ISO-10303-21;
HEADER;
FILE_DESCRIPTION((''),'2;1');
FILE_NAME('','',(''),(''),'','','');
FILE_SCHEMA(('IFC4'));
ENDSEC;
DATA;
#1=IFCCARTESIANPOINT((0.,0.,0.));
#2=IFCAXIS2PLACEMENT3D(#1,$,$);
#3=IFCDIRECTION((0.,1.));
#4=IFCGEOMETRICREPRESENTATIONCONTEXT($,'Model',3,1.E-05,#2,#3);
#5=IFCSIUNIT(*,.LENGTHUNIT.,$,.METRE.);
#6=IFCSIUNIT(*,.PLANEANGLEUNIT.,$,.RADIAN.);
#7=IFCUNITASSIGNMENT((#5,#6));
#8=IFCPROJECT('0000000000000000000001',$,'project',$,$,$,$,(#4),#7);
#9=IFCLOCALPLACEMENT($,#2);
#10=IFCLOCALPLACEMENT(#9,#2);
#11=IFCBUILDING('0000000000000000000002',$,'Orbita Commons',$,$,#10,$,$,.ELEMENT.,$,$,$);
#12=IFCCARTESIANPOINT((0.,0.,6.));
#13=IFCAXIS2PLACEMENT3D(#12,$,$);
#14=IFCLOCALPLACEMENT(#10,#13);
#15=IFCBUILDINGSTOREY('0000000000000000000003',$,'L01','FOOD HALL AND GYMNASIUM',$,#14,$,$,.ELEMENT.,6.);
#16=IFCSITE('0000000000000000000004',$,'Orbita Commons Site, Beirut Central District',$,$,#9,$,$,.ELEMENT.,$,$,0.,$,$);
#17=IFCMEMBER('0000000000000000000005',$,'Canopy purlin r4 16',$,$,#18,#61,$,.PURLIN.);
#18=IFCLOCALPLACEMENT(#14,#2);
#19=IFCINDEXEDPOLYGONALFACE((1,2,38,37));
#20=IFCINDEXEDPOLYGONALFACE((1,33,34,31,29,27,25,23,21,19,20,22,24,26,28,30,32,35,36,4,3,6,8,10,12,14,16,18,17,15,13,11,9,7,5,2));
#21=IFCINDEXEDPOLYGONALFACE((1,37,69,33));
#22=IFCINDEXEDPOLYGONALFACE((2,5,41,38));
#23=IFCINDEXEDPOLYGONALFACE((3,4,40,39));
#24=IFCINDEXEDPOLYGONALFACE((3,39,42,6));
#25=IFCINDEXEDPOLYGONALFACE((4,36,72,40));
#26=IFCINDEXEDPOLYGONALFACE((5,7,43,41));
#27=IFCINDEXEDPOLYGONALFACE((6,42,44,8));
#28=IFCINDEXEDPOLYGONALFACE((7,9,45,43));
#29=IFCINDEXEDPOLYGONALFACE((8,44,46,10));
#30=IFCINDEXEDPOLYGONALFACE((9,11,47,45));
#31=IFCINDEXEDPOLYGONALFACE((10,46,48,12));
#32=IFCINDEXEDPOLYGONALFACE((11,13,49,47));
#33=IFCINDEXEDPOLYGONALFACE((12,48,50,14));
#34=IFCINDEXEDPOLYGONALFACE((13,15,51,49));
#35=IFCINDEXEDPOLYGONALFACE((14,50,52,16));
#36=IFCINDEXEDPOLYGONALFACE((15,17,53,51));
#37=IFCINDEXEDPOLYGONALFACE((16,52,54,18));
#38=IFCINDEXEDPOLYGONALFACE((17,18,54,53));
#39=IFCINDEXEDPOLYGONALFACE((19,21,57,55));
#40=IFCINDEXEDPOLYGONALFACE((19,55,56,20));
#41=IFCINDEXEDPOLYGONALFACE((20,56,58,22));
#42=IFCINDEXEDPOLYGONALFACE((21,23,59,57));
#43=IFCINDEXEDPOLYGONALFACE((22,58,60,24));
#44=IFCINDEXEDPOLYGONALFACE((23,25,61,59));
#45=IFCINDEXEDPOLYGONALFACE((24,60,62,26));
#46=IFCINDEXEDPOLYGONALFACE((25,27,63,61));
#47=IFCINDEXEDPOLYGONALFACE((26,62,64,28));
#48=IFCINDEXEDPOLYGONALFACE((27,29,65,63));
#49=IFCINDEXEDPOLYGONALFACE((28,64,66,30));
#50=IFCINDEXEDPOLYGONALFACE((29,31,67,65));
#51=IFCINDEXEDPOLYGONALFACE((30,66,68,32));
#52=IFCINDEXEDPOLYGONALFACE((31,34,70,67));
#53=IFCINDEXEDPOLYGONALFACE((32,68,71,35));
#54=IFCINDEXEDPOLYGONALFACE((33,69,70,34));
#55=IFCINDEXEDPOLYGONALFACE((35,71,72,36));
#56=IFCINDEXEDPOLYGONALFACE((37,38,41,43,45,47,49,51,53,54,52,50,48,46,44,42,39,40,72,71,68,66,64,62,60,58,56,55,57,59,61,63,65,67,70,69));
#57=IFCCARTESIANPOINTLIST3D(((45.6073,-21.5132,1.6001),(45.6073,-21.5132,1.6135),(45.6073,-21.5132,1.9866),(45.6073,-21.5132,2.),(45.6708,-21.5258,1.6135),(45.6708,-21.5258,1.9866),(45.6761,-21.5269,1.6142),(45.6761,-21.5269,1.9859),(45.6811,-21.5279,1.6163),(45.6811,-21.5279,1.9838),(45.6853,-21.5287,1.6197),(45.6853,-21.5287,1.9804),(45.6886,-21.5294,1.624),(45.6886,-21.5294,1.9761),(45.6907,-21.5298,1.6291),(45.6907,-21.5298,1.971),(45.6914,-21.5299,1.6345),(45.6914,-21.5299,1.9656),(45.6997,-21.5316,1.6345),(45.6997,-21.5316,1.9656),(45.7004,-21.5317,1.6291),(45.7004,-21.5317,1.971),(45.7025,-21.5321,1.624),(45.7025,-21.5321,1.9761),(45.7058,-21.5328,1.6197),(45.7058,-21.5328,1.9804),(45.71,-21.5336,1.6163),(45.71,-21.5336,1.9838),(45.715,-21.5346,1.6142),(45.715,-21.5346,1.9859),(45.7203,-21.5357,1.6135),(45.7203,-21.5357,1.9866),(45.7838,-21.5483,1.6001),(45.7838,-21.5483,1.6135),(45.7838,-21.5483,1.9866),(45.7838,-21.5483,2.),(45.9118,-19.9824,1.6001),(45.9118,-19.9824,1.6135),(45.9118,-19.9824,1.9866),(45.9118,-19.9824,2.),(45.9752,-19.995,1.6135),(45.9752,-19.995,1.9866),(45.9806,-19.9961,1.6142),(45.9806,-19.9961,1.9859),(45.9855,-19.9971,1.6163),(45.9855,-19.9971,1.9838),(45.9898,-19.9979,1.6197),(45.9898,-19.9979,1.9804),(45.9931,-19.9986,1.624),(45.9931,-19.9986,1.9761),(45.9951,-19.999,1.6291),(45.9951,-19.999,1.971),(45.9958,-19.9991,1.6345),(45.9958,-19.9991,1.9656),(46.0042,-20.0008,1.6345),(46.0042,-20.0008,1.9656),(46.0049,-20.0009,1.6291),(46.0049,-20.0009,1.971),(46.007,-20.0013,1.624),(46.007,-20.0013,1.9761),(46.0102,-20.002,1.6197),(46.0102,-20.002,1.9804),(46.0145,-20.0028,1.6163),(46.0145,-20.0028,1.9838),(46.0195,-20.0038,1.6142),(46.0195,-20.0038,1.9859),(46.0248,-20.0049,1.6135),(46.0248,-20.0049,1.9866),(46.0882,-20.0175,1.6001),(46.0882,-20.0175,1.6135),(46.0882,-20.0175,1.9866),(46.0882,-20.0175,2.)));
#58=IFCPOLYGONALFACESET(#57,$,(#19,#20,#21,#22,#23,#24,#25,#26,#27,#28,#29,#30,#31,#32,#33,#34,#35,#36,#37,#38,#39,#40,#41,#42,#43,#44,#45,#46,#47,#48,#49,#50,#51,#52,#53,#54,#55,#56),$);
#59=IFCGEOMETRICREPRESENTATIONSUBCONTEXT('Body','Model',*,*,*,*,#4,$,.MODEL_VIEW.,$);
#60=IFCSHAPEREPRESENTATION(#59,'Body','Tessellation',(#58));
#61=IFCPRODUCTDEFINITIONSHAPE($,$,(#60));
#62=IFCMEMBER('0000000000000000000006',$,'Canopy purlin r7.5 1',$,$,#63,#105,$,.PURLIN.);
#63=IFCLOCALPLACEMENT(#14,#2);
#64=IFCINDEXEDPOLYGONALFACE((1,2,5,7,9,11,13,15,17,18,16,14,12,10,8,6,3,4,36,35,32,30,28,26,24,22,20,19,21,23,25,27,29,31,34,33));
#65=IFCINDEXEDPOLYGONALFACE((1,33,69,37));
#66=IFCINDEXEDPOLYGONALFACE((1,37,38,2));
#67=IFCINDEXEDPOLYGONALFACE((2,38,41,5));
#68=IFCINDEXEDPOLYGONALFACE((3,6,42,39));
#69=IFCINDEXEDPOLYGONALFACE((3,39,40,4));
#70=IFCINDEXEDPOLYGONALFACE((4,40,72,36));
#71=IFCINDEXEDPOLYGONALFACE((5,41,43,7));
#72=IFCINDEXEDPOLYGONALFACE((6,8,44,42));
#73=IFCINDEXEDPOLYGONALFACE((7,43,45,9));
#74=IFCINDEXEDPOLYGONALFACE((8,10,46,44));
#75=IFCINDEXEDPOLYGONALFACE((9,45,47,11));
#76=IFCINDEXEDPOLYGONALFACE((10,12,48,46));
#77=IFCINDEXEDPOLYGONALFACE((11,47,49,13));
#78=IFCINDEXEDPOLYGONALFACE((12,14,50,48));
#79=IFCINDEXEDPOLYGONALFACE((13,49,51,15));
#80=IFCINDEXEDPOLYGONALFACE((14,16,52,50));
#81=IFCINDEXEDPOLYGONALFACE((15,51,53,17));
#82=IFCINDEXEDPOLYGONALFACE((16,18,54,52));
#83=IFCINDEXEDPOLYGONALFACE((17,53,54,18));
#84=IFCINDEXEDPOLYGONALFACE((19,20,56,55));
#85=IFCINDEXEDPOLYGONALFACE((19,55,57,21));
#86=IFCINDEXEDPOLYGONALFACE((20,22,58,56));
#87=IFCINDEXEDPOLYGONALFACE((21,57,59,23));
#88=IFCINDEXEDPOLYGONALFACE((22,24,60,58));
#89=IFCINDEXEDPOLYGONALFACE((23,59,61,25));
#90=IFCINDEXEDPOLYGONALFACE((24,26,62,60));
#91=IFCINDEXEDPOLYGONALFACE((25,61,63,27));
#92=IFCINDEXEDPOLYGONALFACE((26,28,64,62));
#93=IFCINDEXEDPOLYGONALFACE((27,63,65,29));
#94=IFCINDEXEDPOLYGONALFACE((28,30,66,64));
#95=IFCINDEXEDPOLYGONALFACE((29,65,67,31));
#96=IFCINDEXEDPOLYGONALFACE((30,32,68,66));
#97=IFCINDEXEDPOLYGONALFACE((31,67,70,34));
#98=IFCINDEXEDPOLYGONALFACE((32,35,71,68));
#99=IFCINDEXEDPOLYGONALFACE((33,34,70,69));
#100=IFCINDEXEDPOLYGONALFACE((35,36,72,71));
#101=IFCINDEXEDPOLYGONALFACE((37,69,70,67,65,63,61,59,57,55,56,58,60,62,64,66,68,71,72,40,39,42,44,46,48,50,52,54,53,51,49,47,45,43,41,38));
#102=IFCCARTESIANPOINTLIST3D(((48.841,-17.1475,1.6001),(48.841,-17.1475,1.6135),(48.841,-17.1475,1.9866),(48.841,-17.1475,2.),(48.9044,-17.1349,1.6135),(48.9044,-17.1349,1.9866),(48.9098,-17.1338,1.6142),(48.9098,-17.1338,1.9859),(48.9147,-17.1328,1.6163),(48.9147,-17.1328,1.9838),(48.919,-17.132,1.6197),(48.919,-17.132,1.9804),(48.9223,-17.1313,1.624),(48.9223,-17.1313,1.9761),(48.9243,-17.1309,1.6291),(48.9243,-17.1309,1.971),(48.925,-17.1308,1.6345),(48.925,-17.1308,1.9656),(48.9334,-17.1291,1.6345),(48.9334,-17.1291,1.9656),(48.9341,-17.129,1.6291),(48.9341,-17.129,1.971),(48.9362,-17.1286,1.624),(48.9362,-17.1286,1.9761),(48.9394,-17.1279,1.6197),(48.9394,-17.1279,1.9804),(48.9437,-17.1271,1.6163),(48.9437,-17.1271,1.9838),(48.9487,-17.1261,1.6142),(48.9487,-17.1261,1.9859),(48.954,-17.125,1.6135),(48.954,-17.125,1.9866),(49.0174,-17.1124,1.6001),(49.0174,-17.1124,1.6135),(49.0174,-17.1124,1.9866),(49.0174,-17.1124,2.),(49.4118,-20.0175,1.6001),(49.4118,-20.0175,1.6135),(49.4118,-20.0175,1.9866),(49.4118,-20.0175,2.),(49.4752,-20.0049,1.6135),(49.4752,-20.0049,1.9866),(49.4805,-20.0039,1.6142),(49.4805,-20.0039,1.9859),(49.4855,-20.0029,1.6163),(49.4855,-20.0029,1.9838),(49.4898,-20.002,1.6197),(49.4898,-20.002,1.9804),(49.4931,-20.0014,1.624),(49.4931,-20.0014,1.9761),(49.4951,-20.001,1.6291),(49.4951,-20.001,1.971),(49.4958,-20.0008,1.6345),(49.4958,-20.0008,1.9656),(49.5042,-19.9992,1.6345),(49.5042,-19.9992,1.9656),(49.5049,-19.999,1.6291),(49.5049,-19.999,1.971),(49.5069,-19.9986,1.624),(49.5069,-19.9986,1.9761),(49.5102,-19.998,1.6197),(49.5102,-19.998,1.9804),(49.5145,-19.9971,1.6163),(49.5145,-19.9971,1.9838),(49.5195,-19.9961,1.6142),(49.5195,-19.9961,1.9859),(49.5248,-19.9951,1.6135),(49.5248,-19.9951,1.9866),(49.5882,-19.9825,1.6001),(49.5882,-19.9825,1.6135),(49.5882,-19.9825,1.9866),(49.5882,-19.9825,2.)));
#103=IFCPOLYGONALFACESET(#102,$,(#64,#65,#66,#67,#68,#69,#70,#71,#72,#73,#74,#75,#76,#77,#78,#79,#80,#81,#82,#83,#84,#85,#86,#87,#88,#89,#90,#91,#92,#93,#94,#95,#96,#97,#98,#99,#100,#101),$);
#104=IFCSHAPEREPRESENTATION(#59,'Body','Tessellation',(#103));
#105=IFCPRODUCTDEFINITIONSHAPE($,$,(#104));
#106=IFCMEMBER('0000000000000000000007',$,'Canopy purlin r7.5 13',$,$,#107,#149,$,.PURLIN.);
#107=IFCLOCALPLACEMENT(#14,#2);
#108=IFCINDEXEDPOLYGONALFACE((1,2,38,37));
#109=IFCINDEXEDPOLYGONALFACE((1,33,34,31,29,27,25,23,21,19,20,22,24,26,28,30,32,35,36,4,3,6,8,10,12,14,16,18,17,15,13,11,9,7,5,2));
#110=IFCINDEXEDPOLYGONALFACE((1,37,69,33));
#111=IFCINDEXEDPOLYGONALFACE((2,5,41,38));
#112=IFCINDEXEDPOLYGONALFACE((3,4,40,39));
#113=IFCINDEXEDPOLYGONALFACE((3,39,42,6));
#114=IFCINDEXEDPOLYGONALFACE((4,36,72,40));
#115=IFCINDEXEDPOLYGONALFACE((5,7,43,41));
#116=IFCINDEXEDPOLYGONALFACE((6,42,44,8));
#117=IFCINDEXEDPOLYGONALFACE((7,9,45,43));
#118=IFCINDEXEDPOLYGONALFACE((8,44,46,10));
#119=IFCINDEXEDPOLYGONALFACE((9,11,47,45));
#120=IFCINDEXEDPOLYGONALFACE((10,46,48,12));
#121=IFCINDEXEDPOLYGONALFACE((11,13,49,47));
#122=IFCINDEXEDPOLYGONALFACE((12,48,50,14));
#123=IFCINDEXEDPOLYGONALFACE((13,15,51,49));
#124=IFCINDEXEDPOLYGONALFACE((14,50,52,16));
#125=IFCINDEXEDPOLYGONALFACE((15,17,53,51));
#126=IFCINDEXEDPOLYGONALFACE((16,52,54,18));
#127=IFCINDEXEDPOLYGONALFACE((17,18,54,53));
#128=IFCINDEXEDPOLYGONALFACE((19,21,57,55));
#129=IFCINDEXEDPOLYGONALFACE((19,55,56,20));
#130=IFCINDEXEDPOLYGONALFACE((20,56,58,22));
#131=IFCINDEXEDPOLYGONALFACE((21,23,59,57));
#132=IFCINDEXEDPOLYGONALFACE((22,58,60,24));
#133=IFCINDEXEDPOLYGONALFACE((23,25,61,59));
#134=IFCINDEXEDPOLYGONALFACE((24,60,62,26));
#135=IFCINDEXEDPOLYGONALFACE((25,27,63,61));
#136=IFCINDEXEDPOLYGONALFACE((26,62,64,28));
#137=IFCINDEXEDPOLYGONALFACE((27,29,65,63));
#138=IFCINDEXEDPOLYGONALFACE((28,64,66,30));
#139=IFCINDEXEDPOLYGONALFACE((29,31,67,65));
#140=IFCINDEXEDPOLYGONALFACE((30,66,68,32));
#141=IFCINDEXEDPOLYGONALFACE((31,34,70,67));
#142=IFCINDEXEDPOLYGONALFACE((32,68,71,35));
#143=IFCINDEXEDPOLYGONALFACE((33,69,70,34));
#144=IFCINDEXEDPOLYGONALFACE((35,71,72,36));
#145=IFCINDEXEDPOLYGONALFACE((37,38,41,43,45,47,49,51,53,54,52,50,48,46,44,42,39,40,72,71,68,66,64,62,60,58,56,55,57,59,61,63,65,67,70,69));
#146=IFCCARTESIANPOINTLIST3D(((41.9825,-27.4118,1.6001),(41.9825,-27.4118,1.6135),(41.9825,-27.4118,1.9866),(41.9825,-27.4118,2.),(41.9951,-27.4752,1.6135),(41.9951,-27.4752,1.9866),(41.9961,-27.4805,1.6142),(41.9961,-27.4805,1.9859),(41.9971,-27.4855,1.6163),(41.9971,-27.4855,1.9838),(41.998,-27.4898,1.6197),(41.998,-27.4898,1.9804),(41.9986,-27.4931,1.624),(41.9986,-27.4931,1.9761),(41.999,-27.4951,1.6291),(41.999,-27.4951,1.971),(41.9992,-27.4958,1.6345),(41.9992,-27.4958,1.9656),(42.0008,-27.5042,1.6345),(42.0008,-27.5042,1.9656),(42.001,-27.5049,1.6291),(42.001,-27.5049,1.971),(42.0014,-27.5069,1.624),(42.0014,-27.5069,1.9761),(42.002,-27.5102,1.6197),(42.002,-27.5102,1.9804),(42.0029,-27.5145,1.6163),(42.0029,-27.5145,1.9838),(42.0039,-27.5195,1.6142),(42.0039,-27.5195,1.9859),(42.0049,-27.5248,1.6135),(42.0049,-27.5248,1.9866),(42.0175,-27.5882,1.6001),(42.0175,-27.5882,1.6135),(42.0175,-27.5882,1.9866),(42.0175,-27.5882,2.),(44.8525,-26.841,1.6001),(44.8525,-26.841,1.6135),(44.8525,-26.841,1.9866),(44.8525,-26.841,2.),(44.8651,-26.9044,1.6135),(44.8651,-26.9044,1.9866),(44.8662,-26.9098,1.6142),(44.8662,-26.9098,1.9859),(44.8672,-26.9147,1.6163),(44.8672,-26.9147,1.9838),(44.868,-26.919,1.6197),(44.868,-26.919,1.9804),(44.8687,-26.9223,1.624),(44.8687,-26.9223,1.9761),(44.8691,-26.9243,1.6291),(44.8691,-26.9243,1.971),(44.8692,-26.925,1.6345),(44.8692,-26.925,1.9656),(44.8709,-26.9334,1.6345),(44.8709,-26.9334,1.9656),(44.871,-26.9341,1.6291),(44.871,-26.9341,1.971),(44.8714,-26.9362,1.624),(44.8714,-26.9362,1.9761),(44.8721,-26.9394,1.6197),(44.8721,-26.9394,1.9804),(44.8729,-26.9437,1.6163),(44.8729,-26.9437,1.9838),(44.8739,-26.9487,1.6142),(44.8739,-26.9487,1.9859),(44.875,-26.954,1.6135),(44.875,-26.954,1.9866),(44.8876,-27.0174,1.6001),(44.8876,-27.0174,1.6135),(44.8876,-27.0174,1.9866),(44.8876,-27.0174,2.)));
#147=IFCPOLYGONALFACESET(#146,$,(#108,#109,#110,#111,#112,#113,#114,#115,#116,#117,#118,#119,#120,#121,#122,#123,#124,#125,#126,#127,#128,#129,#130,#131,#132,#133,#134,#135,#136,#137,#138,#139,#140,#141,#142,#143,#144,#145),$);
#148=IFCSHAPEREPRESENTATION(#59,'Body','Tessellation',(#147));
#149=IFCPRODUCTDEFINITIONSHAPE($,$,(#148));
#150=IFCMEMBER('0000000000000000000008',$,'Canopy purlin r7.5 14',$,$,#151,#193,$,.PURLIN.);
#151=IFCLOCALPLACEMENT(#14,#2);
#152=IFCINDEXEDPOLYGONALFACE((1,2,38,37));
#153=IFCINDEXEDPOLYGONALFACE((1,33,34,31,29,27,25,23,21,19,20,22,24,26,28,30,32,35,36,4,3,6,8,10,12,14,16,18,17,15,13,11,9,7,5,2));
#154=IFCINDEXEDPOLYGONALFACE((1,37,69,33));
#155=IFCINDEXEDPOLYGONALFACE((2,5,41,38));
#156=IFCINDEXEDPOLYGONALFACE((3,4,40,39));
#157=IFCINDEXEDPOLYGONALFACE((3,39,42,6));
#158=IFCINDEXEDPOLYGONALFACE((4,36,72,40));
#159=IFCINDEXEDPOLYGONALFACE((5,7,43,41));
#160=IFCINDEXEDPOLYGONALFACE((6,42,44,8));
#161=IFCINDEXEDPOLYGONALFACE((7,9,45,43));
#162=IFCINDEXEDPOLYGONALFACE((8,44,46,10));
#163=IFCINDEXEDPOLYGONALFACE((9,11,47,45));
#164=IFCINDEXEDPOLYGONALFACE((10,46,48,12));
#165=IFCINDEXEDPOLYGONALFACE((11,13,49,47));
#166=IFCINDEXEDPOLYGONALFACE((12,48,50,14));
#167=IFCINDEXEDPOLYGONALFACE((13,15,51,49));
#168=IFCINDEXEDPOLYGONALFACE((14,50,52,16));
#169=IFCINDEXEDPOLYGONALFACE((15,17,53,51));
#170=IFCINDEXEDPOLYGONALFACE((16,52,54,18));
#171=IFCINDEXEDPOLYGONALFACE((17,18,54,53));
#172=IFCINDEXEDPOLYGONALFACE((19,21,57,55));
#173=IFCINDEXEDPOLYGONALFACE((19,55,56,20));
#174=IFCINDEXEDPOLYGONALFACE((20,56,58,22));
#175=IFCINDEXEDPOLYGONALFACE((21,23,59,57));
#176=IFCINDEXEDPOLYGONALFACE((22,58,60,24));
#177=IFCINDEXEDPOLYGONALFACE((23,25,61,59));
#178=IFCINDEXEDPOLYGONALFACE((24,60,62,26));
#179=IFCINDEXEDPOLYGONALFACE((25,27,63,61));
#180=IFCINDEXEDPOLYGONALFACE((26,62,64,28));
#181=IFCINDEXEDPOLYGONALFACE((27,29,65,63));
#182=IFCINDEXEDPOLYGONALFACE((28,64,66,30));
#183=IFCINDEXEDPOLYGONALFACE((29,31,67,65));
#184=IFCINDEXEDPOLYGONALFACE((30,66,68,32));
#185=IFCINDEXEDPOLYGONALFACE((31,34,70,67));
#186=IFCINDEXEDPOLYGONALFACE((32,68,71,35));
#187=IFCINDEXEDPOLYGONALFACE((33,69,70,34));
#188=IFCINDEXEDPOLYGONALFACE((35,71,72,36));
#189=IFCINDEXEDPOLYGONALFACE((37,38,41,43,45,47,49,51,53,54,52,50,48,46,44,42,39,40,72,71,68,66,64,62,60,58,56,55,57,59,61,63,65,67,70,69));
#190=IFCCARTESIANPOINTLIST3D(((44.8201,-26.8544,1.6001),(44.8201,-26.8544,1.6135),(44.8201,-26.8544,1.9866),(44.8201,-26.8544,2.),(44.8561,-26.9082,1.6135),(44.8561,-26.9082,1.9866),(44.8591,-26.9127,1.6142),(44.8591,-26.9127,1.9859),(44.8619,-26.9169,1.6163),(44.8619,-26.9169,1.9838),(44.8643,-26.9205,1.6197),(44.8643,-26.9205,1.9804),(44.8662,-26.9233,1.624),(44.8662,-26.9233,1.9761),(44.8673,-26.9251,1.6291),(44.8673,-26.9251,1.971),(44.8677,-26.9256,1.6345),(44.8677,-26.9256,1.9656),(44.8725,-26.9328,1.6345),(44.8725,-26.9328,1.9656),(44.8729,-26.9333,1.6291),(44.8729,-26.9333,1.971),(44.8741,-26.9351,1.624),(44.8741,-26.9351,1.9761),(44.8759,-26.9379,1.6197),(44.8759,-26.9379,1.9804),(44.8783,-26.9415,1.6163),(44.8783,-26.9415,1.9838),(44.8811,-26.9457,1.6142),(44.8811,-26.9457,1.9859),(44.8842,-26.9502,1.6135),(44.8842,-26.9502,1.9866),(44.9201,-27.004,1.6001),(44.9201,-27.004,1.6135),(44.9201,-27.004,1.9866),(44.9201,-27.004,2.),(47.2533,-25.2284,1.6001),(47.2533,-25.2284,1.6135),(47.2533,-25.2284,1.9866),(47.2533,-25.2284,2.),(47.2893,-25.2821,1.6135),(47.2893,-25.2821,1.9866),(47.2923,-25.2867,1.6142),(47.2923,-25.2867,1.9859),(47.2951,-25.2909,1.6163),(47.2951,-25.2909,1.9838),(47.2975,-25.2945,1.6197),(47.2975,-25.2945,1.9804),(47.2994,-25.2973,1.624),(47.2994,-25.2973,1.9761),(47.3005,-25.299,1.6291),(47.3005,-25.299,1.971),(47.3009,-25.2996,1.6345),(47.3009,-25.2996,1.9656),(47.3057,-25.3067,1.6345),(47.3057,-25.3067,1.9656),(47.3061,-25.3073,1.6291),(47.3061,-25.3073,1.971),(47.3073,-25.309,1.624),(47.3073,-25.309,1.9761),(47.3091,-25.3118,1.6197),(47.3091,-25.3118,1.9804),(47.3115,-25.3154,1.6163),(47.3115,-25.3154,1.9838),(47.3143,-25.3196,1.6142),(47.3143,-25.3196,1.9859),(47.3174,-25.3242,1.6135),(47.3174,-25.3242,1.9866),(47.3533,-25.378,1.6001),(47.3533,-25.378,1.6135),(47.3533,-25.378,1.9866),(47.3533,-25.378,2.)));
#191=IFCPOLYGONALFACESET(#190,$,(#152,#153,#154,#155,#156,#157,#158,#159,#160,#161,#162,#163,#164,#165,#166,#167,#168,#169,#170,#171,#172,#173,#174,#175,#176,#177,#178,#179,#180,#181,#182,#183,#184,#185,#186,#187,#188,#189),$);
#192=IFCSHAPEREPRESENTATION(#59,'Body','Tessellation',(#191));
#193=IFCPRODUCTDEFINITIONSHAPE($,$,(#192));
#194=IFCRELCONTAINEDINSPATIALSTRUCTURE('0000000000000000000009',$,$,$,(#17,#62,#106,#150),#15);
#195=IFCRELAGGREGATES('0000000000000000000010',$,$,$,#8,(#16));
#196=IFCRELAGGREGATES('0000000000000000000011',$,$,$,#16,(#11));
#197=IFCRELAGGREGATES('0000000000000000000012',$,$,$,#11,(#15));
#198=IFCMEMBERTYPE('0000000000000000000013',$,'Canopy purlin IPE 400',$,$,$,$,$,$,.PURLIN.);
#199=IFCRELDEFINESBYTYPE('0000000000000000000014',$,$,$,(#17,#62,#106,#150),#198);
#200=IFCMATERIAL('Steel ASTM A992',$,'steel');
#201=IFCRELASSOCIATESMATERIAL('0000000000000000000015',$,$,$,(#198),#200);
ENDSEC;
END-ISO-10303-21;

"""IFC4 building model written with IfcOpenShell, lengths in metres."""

from ifc_helpers import new_model, si_unit, direction, frame, origin, origin_2d, place, context, subcontext, project, spatial, i_section, extrude, material, material_profile, profile_set, type_object, element, save


model = new_model("IFC4")

# Units and contexts
model_context = context("Model", 3, precision=1e-05, world=origin(), true_north=direction((0.0, 1.0)))
body_context = subcontext(model_context, "Body", "Model", "MODEL_VIEW")
ifc_project = project(units=[si_unit("LENGTHUNIT", "METRE"), si_unit("PLANEANGLEUNIT", "RADIAN")], contexts=[model_context])

# Site, building, storey
site_placement = place(None, origin())
site = spatial("IfcSite", under=ifc_project, at=site_placement, Name="Orbita Commons Site, Beirut Central District", CompositionType="ELEMENT", RefElevation=0.0)
building_placement = place(site_placement, origin())
building = spatial("IfcBuilding", under=site, at=building_placement, Name="Orbita Commons", CompositionType="ELEMENT")
storey_placement = place(building_placement, frame((0.0, 0.0, 6.0)))
storey = spatial("IfcBuildingStorey", under=building, at=storey_placement, Name="L01", Description="FOOD HALL AND GYMNASIUM", CompositionType="ELEMENT", Elevation=6.0)

# Members
ifc_material_1 = material(Name="Steel ASTM A992", Category="steel")
ifc_material_profile_1 = material_profile(ifc_material_1, i_section(OverallWidth=0.1799, OverallDepth=0.3999, WebThickness=0.0085, FlangeThickness=0.0134, FilletRadius=0.021, at=origin_2d()), Name="IPE 400")
ifc_profile_set_1 = profile_set([ifc_material_profile_1], Name="Steel ASTM A992")
member_type_1 = type_object("IfcMemberType", Name="Canopy purlin IPE 400", PredefinedType="PURLIN", material=ifc_profile_set_1)
for number, where, z_axis, x_axis, name in (
    (1, (45.6956, -21.5308, 1.8), (0.195063, 0.980791, 0.0), (-0.980791, 0.195063, 0.0), "Canopy purlin r4 16"),
):
    element("IfcMember", number, at=place(storey_placement, frame(where, z_axis=z_axis, x_axis=x_axis)), inside=storey, type_object=member_type_1, Name=name, PredefinedType="PURLIN", context=body_context, shape_type="SweptSolid", body=[
        extrude(i_section(OverallWidth=0.1799, OverallDepth=0.3999, WebThickness=0.0085, FlangeThickness=0.0134, FilletRadius=0.021, at=origin_2d()), origin(), (0.0, 0.0, 1.0), 1.5608),
    ])
for number, where, z_axis, x_axis, name in (
    (2, (49.5, -20.0, 1.8), (-0.195057, 0.980792, 0.0), (-0.980792, -0.195057, 0.0), "Canopy purlin r7.5 1"),
    (3, (42.0, -27.5, 1.8), (0.980792, 0.195057, 0.0), (-0.195057, 0.980792, 0.0), "Canopy purlin r7.5 13"),
):
    element("IfcMember", number, at=place(storey_placement, frame(where, z_axis=z_axis, x_axis=x_axis)), inside=storey, type_object=member_type_1, Name=name, PredefinedType="PURLIN", context=body_context, shape_type="SweptSolid", body=[
        extrude(i_section(OverallWidth=0.1799, OverallDepth=0.3999, WebThickness=0.0085, FlangeThickness=0.0134, FilletRadius=0.021, at=origin_2d()), origin(), (0.0, 0.0, 1.0), 2.9263),
    ])
for number, where, z_axis, x_axis, name in (
    (4, (44.8701, -26.9292, 1.8), (0.831434, 0.555624, 0.0), (-0.555624, 0.831434, 0.0), "Canopy purlin r7.5 14"),
):
    element("IfcMember", number, at=place(storey_placement, frame(where, z_axis=z_axis, x_axis=x_axis)), inside=storey, type_object=member_type_1, Name=name, PredefinedType="PURLIN", context=body_context, shape_type="SweptSolid", body=[
        extrude(i_section(OverallWidth=0.1799, OverallDepth=0.3999, WebThickness=0.0085, FlangeThickness=0.0134, FilletRadius=0.021, at=origin_2d()), origin(), (0.0, 0.0, 1.0), 2.9265),
    ])

save(model, "model.ifc")
